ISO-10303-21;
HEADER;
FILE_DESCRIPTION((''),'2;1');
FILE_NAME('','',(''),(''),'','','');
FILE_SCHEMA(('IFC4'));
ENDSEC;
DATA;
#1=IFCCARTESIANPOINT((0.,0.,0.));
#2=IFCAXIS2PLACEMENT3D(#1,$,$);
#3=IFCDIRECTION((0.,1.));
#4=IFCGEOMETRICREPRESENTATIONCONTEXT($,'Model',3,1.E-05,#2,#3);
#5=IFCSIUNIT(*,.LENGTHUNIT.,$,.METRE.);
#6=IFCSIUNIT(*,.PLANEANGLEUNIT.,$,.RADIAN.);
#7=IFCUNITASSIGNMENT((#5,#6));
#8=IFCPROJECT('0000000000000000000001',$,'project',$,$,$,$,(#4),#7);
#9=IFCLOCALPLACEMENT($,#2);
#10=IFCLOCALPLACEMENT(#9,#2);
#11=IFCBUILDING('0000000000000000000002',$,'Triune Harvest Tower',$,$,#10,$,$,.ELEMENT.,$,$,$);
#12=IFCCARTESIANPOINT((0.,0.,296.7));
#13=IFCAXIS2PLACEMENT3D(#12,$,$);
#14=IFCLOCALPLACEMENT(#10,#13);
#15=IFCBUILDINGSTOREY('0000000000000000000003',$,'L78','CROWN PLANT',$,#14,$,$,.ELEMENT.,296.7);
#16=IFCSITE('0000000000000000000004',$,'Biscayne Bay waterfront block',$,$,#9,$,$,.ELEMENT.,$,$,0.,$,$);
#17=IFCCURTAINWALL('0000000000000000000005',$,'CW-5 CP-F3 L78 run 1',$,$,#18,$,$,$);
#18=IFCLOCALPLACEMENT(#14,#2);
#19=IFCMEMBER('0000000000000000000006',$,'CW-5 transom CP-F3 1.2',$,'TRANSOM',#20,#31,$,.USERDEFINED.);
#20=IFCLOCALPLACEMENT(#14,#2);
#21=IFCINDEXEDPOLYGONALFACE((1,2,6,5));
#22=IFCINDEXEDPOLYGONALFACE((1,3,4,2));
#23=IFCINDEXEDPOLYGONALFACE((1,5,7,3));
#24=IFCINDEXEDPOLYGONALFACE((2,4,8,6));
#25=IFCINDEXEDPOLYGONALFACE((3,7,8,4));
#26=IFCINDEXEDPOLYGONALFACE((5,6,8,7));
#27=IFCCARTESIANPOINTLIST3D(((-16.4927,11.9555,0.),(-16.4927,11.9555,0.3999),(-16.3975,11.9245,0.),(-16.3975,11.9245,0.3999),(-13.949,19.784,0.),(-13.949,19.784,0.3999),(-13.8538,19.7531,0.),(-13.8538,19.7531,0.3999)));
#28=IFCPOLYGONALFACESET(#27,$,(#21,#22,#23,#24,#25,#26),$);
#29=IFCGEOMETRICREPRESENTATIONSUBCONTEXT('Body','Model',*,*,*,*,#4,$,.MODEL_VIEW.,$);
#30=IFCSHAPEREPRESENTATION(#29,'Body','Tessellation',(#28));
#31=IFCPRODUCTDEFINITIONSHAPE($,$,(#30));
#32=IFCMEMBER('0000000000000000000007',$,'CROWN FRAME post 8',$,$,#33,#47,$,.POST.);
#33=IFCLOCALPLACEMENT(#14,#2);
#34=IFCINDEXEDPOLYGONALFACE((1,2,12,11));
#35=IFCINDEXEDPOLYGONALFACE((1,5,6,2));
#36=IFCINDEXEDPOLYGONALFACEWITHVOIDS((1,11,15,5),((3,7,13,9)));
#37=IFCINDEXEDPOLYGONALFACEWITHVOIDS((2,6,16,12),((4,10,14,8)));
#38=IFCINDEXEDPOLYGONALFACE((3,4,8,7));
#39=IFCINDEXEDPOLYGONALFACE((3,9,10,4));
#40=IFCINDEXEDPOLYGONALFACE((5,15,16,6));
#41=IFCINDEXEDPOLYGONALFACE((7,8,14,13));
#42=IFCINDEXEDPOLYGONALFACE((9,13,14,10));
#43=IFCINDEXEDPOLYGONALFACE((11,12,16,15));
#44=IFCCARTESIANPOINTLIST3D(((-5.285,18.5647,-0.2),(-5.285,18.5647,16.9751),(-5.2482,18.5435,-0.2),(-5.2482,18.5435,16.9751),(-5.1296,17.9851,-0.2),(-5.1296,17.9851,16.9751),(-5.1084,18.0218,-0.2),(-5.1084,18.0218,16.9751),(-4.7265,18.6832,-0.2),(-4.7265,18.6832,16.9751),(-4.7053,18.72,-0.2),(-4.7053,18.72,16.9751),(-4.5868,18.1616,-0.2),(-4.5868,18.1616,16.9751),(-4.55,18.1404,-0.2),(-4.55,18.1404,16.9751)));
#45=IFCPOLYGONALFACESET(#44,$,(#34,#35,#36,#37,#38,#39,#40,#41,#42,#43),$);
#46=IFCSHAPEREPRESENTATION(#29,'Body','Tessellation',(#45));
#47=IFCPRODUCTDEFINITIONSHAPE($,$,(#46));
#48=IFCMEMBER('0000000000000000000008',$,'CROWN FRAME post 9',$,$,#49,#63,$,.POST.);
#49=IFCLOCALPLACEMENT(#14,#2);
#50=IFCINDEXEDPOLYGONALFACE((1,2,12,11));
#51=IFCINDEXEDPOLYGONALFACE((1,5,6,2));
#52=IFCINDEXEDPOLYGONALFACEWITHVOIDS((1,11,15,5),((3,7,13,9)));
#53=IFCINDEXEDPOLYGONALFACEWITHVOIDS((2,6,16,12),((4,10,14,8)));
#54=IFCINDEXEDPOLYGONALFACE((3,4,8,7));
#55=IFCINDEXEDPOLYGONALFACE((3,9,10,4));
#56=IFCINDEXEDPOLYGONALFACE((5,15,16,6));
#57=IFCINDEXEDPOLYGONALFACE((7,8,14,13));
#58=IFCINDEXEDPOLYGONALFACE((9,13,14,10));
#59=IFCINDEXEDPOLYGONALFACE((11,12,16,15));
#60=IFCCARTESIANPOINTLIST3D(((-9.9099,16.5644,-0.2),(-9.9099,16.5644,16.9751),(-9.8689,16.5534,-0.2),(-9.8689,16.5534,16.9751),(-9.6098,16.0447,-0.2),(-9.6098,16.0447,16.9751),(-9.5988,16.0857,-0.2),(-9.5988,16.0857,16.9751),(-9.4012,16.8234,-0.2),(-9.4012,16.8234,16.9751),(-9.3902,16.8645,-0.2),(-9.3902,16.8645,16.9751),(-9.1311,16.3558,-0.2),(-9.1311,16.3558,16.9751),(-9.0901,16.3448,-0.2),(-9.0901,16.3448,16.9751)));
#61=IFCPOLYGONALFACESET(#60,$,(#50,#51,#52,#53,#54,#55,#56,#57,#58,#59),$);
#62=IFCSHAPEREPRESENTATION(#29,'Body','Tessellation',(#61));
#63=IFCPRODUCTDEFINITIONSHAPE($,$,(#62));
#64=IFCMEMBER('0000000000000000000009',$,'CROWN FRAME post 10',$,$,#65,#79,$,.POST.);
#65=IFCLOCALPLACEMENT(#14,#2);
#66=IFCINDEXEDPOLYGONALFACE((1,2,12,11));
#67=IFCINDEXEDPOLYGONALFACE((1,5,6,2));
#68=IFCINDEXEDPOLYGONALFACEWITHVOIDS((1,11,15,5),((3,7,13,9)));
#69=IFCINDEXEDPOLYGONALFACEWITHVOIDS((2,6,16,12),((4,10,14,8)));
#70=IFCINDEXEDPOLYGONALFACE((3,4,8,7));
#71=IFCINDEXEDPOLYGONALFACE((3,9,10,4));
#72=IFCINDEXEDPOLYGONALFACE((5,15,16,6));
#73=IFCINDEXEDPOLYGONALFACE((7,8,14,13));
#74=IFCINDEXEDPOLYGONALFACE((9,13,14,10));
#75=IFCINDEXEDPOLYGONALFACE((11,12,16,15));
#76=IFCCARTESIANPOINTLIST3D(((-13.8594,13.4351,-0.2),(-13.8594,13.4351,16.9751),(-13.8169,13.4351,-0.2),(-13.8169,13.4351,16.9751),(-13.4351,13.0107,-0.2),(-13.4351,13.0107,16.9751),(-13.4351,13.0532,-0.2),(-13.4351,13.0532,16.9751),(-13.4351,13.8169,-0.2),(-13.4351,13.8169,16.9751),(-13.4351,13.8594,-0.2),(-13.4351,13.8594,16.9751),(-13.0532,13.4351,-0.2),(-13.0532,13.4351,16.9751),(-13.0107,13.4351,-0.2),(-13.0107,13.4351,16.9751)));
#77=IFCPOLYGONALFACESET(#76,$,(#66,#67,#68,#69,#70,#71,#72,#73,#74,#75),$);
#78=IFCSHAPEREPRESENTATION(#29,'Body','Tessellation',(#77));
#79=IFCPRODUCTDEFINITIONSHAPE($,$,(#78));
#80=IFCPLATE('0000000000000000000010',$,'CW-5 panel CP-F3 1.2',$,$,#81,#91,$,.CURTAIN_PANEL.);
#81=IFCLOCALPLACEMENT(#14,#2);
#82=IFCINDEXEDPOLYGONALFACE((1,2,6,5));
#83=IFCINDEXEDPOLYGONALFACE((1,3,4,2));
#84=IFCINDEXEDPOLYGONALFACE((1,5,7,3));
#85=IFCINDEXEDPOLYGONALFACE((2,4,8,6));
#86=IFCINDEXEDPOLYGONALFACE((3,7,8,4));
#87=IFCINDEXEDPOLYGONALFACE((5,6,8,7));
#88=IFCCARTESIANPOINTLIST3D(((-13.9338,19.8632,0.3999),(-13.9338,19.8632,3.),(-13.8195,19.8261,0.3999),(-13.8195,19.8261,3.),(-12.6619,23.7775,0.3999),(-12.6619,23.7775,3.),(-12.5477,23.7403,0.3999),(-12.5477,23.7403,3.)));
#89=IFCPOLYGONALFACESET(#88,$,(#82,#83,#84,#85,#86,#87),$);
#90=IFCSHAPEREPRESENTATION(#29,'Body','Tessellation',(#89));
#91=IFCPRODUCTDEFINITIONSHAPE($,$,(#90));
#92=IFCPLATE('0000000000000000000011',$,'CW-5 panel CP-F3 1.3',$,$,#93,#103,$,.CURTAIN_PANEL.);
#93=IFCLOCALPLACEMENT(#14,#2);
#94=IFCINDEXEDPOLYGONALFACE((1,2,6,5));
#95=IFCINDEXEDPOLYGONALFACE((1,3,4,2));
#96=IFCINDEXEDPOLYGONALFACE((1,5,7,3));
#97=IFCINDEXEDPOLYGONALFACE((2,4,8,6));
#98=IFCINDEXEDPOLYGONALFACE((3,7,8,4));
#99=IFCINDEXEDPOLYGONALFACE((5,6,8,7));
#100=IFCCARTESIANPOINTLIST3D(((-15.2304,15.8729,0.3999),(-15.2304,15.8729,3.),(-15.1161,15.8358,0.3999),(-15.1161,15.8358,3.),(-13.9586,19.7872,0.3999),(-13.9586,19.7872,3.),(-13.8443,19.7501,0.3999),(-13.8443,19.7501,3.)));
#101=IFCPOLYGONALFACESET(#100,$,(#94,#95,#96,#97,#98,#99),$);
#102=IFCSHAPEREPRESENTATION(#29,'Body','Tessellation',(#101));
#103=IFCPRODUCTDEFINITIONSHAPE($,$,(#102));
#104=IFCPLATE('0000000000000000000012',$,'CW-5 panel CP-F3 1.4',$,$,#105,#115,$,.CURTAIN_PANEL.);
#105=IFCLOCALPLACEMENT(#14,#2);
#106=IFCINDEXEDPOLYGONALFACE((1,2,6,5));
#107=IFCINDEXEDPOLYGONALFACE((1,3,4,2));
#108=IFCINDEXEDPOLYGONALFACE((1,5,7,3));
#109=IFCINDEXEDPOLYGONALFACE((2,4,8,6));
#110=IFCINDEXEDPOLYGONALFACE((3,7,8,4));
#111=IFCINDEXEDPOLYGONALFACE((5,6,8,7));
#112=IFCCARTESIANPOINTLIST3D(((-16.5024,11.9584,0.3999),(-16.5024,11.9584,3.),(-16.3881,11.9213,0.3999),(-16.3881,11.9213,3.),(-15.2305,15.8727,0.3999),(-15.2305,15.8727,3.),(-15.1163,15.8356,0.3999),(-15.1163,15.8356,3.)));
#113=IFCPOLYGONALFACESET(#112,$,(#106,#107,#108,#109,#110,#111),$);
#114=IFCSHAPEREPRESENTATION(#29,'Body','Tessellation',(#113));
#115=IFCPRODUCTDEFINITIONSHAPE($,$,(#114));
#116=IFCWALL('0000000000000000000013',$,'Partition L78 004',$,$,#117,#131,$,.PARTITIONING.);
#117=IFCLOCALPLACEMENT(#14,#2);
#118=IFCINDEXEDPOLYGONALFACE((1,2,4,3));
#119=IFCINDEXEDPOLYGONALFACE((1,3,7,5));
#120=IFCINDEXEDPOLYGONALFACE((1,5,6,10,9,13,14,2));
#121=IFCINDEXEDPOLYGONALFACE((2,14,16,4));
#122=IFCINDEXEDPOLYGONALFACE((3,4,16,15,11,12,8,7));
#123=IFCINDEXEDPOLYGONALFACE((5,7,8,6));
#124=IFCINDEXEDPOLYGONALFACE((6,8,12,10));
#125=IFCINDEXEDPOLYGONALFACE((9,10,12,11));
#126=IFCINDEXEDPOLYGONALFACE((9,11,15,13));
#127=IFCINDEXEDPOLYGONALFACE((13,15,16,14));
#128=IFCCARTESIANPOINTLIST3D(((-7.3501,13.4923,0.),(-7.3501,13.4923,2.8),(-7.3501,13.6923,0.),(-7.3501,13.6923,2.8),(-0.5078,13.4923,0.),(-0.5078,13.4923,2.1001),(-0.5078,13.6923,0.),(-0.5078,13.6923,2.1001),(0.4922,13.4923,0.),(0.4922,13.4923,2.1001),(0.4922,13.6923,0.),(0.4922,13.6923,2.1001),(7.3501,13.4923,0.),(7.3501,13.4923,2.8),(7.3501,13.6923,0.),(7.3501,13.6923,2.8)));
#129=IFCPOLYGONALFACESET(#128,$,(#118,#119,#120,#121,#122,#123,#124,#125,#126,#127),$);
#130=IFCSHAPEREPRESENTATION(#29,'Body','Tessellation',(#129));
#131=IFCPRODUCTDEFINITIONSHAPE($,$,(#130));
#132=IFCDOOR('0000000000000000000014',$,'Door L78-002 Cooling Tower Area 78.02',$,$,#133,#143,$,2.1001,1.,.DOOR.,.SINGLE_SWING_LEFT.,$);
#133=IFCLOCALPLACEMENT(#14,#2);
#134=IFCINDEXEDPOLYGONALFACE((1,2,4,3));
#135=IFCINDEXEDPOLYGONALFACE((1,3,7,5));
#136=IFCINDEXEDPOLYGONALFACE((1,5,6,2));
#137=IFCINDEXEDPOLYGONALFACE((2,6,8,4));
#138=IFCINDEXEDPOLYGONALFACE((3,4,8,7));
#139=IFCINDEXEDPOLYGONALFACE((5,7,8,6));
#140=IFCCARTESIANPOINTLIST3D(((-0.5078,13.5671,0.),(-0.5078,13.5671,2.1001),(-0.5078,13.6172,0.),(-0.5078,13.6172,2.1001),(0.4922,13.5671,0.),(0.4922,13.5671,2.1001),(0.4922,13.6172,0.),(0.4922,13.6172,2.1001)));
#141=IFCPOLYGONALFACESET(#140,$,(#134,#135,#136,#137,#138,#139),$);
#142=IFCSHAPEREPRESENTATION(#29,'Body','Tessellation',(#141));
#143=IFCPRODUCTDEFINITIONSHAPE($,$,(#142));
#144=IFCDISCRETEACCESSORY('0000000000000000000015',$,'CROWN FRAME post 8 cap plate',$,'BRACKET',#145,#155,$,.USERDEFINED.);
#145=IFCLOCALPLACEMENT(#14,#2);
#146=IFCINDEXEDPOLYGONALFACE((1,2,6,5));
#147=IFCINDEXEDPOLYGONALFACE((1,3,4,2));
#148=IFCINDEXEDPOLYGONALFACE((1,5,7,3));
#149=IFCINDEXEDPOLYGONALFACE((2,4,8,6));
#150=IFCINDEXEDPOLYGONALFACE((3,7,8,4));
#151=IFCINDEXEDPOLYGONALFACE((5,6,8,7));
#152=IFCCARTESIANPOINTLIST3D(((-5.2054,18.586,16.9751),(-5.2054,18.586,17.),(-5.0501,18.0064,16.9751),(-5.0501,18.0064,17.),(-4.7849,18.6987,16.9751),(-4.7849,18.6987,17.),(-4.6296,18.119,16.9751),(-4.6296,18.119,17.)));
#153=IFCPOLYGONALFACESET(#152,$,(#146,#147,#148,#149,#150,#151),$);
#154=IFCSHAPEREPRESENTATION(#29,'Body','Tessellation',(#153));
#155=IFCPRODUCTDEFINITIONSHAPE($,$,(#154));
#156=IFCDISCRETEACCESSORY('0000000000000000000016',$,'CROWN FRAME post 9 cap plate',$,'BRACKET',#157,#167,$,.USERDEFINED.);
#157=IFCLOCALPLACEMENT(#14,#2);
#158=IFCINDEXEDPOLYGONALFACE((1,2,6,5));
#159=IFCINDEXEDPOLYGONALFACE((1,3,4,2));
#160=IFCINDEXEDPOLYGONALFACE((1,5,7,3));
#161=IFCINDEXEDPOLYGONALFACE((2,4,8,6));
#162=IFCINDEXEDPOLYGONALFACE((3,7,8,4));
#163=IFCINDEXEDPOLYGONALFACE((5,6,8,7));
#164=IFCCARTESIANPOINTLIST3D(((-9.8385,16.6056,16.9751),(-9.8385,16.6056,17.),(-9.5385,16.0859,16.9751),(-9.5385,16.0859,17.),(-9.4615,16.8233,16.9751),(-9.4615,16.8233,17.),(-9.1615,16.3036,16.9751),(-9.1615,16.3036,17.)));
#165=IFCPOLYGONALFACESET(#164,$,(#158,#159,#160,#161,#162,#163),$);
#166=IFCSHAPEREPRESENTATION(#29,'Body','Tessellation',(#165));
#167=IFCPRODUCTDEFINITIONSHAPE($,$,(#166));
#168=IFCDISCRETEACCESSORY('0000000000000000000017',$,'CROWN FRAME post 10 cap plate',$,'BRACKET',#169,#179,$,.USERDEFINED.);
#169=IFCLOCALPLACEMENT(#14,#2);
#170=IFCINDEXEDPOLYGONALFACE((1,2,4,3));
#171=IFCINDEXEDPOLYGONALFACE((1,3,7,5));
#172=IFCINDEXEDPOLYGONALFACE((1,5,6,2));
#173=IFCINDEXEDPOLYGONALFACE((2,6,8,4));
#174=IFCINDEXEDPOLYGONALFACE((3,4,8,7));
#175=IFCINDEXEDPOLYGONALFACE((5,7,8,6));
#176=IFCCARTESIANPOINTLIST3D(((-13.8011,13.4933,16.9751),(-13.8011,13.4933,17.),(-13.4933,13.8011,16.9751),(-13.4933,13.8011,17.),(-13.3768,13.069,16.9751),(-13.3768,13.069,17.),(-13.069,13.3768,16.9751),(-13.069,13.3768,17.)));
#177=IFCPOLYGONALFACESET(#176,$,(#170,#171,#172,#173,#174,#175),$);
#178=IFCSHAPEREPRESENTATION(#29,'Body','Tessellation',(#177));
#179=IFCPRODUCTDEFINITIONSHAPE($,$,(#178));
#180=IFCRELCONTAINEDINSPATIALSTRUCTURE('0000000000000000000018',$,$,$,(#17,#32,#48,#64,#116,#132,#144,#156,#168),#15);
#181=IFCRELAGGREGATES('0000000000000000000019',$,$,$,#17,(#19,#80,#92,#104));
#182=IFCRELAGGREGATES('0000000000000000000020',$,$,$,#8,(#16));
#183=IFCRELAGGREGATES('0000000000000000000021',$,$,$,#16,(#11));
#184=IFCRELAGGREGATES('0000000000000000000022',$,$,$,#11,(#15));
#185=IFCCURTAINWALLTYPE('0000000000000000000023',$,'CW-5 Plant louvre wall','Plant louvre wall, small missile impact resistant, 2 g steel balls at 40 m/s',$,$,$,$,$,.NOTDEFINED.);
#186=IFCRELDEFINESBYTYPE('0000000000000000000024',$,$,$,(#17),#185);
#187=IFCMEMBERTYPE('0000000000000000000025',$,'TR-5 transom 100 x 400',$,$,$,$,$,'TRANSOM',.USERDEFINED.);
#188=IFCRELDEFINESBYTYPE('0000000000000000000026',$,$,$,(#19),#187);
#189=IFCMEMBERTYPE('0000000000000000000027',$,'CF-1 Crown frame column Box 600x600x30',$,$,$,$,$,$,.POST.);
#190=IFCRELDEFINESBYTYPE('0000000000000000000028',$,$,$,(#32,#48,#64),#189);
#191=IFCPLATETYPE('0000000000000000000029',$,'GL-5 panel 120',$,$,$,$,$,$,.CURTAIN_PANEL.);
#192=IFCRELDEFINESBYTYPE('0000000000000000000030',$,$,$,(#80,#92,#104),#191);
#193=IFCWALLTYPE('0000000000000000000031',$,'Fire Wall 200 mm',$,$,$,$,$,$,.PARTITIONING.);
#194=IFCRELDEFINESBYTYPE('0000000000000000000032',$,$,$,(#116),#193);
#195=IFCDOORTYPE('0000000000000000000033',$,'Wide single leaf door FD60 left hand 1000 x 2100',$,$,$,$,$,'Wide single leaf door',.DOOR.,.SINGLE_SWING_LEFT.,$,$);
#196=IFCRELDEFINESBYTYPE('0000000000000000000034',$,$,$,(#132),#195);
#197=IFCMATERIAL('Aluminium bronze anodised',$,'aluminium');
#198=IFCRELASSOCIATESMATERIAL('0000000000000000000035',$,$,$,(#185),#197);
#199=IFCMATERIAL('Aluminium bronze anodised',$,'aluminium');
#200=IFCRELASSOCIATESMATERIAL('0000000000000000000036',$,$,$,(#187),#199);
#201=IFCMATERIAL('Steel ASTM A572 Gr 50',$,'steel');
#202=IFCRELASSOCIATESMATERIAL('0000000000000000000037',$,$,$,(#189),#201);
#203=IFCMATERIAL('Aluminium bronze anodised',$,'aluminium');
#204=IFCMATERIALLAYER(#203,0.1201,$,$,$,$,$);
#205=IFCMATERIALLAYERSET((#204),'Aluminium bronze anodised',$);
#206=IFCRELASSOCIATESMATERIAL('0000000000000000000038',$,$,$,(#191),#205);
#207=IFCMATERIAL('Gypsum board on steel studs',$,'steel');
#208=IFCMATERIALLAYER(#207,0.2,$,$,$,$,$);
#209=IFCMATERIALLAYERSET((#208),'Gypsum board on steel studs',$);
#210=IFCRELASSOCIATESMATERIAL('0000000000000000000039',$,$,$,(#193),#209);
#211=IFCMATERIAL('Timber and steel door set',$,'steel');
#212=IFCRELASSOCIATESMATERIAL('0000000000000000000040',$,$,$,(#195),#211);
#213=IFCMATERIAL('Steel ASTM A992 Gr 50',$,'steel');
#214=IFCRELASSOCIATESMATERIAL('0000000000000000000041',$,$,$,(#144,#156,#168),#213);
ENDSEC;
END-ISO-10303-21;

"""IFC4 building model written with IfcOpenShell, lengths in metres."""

from ifc_helpers import new_model, si_unit, direction, frame, frame_2d, origin, origin_2d, place, context, subcontext, project, spatial, rectangle, hollow_rectangle, extrude, source, transform, mapped, material, layer, layer_set, material_profile, profile_set, type_object, element, fill, aggregate, save


model = new_model("IFC4")

# Units and contexts
model_context = context("Model", 3, precision=1e-05, world=origin(), true_north=direction((0.0, 1.0)))
body_context = subcontext(model_context, "Body", "Model", "MODEL_VIEW")
ifc_project = project(units=[si_unit("LENGTHUNIT", "METRE"), si_unit("PLANEANGLEUNIT", "RADIAN")], contexts=[model_context])

# Site, building, storey
site_placement = place(None, origin())
site = spatial("IfcSite", under=ifc_project, at=site_placement, Name="Biscayne Bay waterfront block", CompositionType="ELEMENT", RefElevation=0.0)
building_placement = place(site_placement, origin())
building = spatial("IfcBuilding", under=site, at=building_placement, Name="Triune Harvest Tower", CompositionType="ELEMENT")
storey_placement = place(building_placement, frame((0.0, 0.0, 296.7)))
storey = spatial("IfcBuildingStorey", under=building, at=storey_placement, Name="L78", Description="CROWN PLANT", CompositionType="ELEMENT", Elevation=296.7)

# Curtain wall, member
ifc_material_1 = material(Name="Aluminium bronze anodised", Category="aluminium")
curtain_wall_type = type_object("IfcCurtainWallType", Name="CW-5 Plant louvre wall", Description="Plant louvre wall, small missile impact resistant, 2 g steel balls at 40 m/s", PredefinedType="NOTDEFINED", material=ifc_material_1)
curtain_wall_placement = place(storey_placement, origin())
curtain_wall = element("IfcCurtainWall", 1, at=curtain_wall_placement, inside=storey, type_object=curtain_wall_type, Name="CW-5 CP-F3 L78 run 1")
ifc_material_2 = material(Name="Aluminium bronze anodised", Category="aluminium")
ifc_material_profile_1 = material_profile(ifc_material_2, rectangle(XDim=0.1001, YDim=0.3999, at=origin_2d()), Name="TR-5 transom 100 x 400")
ifc_profile_set_1 = profile_set([ifc_material_profile_1], Name="Aluminium bronze anodised")
member_type_1 = type_object("IfcMemberType", Name="TR-5 transom 100 x 400", ElementType="TRANSOM", PredefinedType="USERDEFINED", material=ifc_profile_set_1)
shared_shape_1 = source(origin(), body_context, "Body", "SweptSolid", [
    extrude(rectangle(XDim=0.1001, YDim=0.3999, at=origin_2d()), origin(), (0.0, 0.0, 1.0), 8.2314),
])
member_1_placement = place(storey_placement, frame((-13.9014, 19.7686, 0.2), z_axis=(-0.30902, -0.951055, 0.0), x_axis=(0.951055, -0.30902, 0.0)))
member_1 = element("IfcMember", 2, at=member_1_placement, type_object=member_type_1, Name="CW-5 transom CP-F3 1.2", ObjectType="TRANSOM", PredefinedType="USERDEFINED", context=body_context, shape_type="MappedRepresentation", body=[
    mapped(shared_shape_1, transform((0.0, 0.0, 0.0), scale=1.0)),
])

# Members
ifc_material_3 = material(Name="Steel ASTM A572 Gr 50", Category="steel")
ifc_material_profile_2 = material_profile(ifc_material_3, hollow_rectangle(XDim=0.6001, YDim=0.6001, WallThickness=0.03, at=origin_2d()), Name="Box 600x600x30")
ifc_profile_set_2 = profile_set([ifc_material_profile_2], Name="Steel ASTM A572 Gr 50")
member_type_2 = type_object("IfcMemberType", Name="CF-1 Crown frame column Box 600x600x30", PredefinedType="POST", material=ifc_profile_set_2)
shared_shape_2 = source(origin(), body_context, "Body", "SweptSolid", [
    extrude(hollow_rectangle(XDim=0.6001, YDim=0.6001, WallThickness=0.03, at=origin_2d()), origin(), (0.0, 0.0, 1.0), 17.175),
])
for number, where, z_axis, x_axis, name in (
    (3, (-4.9175, 18.3525, -0.2), (0.0, 0.0, 1.0), (-0.965926, -0.258819, 0.0), "CROWN FRAME post 8"),
    (4, (-9.5, 16.4546, -0.2), (0.0, 0.0, 1.0), (-0.866025, -0.5, 0.0), "CROWN FRAME post 9"),
    (5, (-13.4351, 13.4351, -0.2), (0.0, 0.0, 1.0), (-0.707107, -0.707107, 0.0), "CROWN FRAME post 10"),
):
    element("IfcMember", number, at=place(storey_placement, frame(where, z_axis=z_axis, x_axis=x_axis)), inside=storey, type_object=member_type_2, Name=name, PredefinedType="POST", context=body_context, shape_type="MappedRepresentation", body=[
        mapped(shared_shape_2, transform((0.0, 0.0, 0.0), scale=1.0)),
    ])

# Plates
ifc_material_4 = material(Name="Aluminium bronze anodised", Category="aluminium")
ifc_layer_1 = layer(ifc_material_4, 0.1201)
ifc_layer_set_1 = layer_set([ifc_layer_1], Name="Aluminium bronze anodised")
plate_type = type_object("IfcPlateType", Name="GL-5 panel 120", PredefinedType="CURTAIN_PANEL", material=ifc_layer_set_1)
shared_shape_3 = source(origin(), body_context, "Body", "SweptSolid", [
    extrude(rectangle(XDim=4.1157, YDim=0.1201, at=origin_2d()), origin(), (0.0, 0.0, 1.0), 2.6001),
])
plate_1_placement = place(storey_placement, frame((-13.2407, 21.8018, 0.3999), z_axis=(0.0, 0.0, 1.0), x_axis=(-0.309016, -0.951057, 0.0)))
plate_1 = element("IfcPlate", 6, at=plate_1_placement, type_object=plate_type, Name="CW-5 panel CP-F3 1.2", PredefinedType="CURTAIN_PANEL", context=body_context, shape_type="MappedRepresentation", body=[
    mapped(shared_shape_3, transform((0.0, 0.0, 0.0), scale=1.0)),
])
plate_2_placement = place(storey_placement, frame((-14.5374, 17.8115, 0.3999), z_axis=(0.0, 0.0, 1.0), x_axis=(-0.309016, -0.951057, 0.0)))
plate_2 = element("IfcPlate", 7, at=plate_2_placement, type_object=plate_type, Name="CW-5 panel CP-F3 1.3", PredefinedType="CURTAIN_PANEL", context=body_context, shape_type="MappedRepresentation", body=[
    mapped(shared_shape_3, transform((0.0, 0.0, 0.0), scale=1.0)),
])
plate_3_placement = place(storey_placement, frame((-15.8093, 13.897, 0.3999), z_axis=(0.0, 0.0, 1.0), x_axis=(-0.309016, -0.951057, 0.0)))
plate_3 = element("IfcPlate", 8, at=plate_3_placement, type_object=plate_type, Name="CW-5 panel CP-F3 1.4", PredefinedType="CURTAIN_PANEL", context=body_context, shape_type="MappedRepresentation", body=[
    mapped(shared_shape_3, transform((0.0, 0.0, 0.0), scale=1.0)),
])
aggregate(curtain_wall, [member_1, plate_1, plate_2, plate_3])

# Wall, opening, door
ifc_material_5 = material(Name="Gypsum board on steel studs", Category="steel")
ifc_layer_2 = layer(ifc_material_5, 0.2)
ifc_layer_set_2 = layer_set([ifc_layer_2], Name="Gypsum board on steel studs")
wall_type = type_object("IfcWallType", Name="Fire Wall 200 mm", PredefinedType="PARTITIONING", material=ifc_layer_set_2)
shared_shape_4 = source(origin(), body_context, "Body", "SweptSolid", [
    extrude(rectangle(XDim=14.7002, YDim=0.2, at=frame_2d((7.3501, 0.0))), origin(), (0.0, 0.0, 1.0), 2.8),
])
wall_placement = place(storey_placement, frame((-7.3501, 13.5923, 0.0), z_axis=(0.0, 0.0, 1.0), x_axis=(1.0, 0.0, 0.0)))
wall = element("IfcWall", 9, at=wall_placement, inside=storey, type_object=wall_type, Name="Partition L78 004", PredefinedType="PARTITIONING", context=body_context, shape_type="MappedRepresentation", body=[
    mapped(shared_shape_4, transform((0.0, 0.0, 0.0), scale=1.0)),
])
opening_placement = place(wall_placement, frame((6.8423, 0.0, 0.0)))
opening = element("IfcOpeningElement", 10, at=opening_placement, cuts=wall, PredefinedType="OPENING", context=body_context, shape_type="SweptSolid", body=[
    extrude(rectangle(XDim=1.0, YDim=2.1001, at=frame_2d((0.5, 1.05))), frame((0.0, 0.1099, 0.0), z_axis=(0.0, -1.0, 0.0), x_axis=(1.0, 0.0, 0.0)), (0.0, 0.0, 1.0), 0.22),
])
ifc_material_6 = material(Name="Timber and steel door set", Category="steel")
door_type = type_object("IfcDoorType", Name="Wide single leaf door FD60 left hand 1000 x 2100", ElementType="Wide single leaf door", OperationType="SINGLE_SWING_LEFT", PredefinedType="DOOR", material=ifc_material_6)
door_placement = place(opening_placement, origin())
door = element("IfcDoor", 11, at=door_placement, inside=storey, type_object=door_type, Name="Door L78-002 Cooling Tower Area 78.02", OperationType="SINGLE_SWING_LEFT", OverallHeight=2.1001, OverallWidth=1.0, PredefinedType="DOOR", context=body_context, shape_type="SweptSolid", body=[
    extrude(rectangle(XDim=1.0, YDim=2.1001, at=frame_2d((0.5, 1.05))), frame((0.0, 0.0249, 0.0), z_axis=(0.0, -1.0, 0.0), x_axis=(1.0, 0.0, 0.0)), (0.0, 0.0, 1.0), 0.05),
])
fill(opening, door)

# Discrete accessories
ifc_material_7 = material(Name="Steel ASTM A992 Gr 50", Category="steel")
shared_shape_5 = source(origin(), body_context, "Body", "SweptSolid", [
    extrude(rectangle(XDim=0.6001, YDim=0.4353, at=origin_2d()), origin(), (0.0, 0.0, 1.0), 0.0249),
])
for number, where, z_axis, x_axis, name in (
    (12, (-4.9175, 18.3525, 16.9751), (0.0, 0.0, 1.0), (-0.258819, 0.965926, 0.0), "CROWN FRAME post 8 cap plate"),
    (13, (-9.5, 16.4546, 16.9751), (0.0, 0.0, 1.0), (-0.5, 0.866025, 0.0), "CROWN FRAME post 9 cap plate"),
    (14, (-13.4351, 13.4351, 16.9751), (0.0, 0.0, 1.0), (-0.707107, 0.707107, 0.0), "CROWN FRAME post 10 cap plate"),
):
    element("IfcDiscreteAccessory", number, at=place(storey_placement, frame(where, z_axis=z_axis, x_axis=x_axis)), inside=storey, material=ifc_material_7, Name=name, ObjectType="BRACKET", PredefinedType="USERDEFINED", context=body_context, shape_type="MappedRepresentation", body=[
        mapped(shared_shape_5, transform((0.0, 0.0, 0.0), scale=1.0)),
    ])

save(model, "model.ifc")
